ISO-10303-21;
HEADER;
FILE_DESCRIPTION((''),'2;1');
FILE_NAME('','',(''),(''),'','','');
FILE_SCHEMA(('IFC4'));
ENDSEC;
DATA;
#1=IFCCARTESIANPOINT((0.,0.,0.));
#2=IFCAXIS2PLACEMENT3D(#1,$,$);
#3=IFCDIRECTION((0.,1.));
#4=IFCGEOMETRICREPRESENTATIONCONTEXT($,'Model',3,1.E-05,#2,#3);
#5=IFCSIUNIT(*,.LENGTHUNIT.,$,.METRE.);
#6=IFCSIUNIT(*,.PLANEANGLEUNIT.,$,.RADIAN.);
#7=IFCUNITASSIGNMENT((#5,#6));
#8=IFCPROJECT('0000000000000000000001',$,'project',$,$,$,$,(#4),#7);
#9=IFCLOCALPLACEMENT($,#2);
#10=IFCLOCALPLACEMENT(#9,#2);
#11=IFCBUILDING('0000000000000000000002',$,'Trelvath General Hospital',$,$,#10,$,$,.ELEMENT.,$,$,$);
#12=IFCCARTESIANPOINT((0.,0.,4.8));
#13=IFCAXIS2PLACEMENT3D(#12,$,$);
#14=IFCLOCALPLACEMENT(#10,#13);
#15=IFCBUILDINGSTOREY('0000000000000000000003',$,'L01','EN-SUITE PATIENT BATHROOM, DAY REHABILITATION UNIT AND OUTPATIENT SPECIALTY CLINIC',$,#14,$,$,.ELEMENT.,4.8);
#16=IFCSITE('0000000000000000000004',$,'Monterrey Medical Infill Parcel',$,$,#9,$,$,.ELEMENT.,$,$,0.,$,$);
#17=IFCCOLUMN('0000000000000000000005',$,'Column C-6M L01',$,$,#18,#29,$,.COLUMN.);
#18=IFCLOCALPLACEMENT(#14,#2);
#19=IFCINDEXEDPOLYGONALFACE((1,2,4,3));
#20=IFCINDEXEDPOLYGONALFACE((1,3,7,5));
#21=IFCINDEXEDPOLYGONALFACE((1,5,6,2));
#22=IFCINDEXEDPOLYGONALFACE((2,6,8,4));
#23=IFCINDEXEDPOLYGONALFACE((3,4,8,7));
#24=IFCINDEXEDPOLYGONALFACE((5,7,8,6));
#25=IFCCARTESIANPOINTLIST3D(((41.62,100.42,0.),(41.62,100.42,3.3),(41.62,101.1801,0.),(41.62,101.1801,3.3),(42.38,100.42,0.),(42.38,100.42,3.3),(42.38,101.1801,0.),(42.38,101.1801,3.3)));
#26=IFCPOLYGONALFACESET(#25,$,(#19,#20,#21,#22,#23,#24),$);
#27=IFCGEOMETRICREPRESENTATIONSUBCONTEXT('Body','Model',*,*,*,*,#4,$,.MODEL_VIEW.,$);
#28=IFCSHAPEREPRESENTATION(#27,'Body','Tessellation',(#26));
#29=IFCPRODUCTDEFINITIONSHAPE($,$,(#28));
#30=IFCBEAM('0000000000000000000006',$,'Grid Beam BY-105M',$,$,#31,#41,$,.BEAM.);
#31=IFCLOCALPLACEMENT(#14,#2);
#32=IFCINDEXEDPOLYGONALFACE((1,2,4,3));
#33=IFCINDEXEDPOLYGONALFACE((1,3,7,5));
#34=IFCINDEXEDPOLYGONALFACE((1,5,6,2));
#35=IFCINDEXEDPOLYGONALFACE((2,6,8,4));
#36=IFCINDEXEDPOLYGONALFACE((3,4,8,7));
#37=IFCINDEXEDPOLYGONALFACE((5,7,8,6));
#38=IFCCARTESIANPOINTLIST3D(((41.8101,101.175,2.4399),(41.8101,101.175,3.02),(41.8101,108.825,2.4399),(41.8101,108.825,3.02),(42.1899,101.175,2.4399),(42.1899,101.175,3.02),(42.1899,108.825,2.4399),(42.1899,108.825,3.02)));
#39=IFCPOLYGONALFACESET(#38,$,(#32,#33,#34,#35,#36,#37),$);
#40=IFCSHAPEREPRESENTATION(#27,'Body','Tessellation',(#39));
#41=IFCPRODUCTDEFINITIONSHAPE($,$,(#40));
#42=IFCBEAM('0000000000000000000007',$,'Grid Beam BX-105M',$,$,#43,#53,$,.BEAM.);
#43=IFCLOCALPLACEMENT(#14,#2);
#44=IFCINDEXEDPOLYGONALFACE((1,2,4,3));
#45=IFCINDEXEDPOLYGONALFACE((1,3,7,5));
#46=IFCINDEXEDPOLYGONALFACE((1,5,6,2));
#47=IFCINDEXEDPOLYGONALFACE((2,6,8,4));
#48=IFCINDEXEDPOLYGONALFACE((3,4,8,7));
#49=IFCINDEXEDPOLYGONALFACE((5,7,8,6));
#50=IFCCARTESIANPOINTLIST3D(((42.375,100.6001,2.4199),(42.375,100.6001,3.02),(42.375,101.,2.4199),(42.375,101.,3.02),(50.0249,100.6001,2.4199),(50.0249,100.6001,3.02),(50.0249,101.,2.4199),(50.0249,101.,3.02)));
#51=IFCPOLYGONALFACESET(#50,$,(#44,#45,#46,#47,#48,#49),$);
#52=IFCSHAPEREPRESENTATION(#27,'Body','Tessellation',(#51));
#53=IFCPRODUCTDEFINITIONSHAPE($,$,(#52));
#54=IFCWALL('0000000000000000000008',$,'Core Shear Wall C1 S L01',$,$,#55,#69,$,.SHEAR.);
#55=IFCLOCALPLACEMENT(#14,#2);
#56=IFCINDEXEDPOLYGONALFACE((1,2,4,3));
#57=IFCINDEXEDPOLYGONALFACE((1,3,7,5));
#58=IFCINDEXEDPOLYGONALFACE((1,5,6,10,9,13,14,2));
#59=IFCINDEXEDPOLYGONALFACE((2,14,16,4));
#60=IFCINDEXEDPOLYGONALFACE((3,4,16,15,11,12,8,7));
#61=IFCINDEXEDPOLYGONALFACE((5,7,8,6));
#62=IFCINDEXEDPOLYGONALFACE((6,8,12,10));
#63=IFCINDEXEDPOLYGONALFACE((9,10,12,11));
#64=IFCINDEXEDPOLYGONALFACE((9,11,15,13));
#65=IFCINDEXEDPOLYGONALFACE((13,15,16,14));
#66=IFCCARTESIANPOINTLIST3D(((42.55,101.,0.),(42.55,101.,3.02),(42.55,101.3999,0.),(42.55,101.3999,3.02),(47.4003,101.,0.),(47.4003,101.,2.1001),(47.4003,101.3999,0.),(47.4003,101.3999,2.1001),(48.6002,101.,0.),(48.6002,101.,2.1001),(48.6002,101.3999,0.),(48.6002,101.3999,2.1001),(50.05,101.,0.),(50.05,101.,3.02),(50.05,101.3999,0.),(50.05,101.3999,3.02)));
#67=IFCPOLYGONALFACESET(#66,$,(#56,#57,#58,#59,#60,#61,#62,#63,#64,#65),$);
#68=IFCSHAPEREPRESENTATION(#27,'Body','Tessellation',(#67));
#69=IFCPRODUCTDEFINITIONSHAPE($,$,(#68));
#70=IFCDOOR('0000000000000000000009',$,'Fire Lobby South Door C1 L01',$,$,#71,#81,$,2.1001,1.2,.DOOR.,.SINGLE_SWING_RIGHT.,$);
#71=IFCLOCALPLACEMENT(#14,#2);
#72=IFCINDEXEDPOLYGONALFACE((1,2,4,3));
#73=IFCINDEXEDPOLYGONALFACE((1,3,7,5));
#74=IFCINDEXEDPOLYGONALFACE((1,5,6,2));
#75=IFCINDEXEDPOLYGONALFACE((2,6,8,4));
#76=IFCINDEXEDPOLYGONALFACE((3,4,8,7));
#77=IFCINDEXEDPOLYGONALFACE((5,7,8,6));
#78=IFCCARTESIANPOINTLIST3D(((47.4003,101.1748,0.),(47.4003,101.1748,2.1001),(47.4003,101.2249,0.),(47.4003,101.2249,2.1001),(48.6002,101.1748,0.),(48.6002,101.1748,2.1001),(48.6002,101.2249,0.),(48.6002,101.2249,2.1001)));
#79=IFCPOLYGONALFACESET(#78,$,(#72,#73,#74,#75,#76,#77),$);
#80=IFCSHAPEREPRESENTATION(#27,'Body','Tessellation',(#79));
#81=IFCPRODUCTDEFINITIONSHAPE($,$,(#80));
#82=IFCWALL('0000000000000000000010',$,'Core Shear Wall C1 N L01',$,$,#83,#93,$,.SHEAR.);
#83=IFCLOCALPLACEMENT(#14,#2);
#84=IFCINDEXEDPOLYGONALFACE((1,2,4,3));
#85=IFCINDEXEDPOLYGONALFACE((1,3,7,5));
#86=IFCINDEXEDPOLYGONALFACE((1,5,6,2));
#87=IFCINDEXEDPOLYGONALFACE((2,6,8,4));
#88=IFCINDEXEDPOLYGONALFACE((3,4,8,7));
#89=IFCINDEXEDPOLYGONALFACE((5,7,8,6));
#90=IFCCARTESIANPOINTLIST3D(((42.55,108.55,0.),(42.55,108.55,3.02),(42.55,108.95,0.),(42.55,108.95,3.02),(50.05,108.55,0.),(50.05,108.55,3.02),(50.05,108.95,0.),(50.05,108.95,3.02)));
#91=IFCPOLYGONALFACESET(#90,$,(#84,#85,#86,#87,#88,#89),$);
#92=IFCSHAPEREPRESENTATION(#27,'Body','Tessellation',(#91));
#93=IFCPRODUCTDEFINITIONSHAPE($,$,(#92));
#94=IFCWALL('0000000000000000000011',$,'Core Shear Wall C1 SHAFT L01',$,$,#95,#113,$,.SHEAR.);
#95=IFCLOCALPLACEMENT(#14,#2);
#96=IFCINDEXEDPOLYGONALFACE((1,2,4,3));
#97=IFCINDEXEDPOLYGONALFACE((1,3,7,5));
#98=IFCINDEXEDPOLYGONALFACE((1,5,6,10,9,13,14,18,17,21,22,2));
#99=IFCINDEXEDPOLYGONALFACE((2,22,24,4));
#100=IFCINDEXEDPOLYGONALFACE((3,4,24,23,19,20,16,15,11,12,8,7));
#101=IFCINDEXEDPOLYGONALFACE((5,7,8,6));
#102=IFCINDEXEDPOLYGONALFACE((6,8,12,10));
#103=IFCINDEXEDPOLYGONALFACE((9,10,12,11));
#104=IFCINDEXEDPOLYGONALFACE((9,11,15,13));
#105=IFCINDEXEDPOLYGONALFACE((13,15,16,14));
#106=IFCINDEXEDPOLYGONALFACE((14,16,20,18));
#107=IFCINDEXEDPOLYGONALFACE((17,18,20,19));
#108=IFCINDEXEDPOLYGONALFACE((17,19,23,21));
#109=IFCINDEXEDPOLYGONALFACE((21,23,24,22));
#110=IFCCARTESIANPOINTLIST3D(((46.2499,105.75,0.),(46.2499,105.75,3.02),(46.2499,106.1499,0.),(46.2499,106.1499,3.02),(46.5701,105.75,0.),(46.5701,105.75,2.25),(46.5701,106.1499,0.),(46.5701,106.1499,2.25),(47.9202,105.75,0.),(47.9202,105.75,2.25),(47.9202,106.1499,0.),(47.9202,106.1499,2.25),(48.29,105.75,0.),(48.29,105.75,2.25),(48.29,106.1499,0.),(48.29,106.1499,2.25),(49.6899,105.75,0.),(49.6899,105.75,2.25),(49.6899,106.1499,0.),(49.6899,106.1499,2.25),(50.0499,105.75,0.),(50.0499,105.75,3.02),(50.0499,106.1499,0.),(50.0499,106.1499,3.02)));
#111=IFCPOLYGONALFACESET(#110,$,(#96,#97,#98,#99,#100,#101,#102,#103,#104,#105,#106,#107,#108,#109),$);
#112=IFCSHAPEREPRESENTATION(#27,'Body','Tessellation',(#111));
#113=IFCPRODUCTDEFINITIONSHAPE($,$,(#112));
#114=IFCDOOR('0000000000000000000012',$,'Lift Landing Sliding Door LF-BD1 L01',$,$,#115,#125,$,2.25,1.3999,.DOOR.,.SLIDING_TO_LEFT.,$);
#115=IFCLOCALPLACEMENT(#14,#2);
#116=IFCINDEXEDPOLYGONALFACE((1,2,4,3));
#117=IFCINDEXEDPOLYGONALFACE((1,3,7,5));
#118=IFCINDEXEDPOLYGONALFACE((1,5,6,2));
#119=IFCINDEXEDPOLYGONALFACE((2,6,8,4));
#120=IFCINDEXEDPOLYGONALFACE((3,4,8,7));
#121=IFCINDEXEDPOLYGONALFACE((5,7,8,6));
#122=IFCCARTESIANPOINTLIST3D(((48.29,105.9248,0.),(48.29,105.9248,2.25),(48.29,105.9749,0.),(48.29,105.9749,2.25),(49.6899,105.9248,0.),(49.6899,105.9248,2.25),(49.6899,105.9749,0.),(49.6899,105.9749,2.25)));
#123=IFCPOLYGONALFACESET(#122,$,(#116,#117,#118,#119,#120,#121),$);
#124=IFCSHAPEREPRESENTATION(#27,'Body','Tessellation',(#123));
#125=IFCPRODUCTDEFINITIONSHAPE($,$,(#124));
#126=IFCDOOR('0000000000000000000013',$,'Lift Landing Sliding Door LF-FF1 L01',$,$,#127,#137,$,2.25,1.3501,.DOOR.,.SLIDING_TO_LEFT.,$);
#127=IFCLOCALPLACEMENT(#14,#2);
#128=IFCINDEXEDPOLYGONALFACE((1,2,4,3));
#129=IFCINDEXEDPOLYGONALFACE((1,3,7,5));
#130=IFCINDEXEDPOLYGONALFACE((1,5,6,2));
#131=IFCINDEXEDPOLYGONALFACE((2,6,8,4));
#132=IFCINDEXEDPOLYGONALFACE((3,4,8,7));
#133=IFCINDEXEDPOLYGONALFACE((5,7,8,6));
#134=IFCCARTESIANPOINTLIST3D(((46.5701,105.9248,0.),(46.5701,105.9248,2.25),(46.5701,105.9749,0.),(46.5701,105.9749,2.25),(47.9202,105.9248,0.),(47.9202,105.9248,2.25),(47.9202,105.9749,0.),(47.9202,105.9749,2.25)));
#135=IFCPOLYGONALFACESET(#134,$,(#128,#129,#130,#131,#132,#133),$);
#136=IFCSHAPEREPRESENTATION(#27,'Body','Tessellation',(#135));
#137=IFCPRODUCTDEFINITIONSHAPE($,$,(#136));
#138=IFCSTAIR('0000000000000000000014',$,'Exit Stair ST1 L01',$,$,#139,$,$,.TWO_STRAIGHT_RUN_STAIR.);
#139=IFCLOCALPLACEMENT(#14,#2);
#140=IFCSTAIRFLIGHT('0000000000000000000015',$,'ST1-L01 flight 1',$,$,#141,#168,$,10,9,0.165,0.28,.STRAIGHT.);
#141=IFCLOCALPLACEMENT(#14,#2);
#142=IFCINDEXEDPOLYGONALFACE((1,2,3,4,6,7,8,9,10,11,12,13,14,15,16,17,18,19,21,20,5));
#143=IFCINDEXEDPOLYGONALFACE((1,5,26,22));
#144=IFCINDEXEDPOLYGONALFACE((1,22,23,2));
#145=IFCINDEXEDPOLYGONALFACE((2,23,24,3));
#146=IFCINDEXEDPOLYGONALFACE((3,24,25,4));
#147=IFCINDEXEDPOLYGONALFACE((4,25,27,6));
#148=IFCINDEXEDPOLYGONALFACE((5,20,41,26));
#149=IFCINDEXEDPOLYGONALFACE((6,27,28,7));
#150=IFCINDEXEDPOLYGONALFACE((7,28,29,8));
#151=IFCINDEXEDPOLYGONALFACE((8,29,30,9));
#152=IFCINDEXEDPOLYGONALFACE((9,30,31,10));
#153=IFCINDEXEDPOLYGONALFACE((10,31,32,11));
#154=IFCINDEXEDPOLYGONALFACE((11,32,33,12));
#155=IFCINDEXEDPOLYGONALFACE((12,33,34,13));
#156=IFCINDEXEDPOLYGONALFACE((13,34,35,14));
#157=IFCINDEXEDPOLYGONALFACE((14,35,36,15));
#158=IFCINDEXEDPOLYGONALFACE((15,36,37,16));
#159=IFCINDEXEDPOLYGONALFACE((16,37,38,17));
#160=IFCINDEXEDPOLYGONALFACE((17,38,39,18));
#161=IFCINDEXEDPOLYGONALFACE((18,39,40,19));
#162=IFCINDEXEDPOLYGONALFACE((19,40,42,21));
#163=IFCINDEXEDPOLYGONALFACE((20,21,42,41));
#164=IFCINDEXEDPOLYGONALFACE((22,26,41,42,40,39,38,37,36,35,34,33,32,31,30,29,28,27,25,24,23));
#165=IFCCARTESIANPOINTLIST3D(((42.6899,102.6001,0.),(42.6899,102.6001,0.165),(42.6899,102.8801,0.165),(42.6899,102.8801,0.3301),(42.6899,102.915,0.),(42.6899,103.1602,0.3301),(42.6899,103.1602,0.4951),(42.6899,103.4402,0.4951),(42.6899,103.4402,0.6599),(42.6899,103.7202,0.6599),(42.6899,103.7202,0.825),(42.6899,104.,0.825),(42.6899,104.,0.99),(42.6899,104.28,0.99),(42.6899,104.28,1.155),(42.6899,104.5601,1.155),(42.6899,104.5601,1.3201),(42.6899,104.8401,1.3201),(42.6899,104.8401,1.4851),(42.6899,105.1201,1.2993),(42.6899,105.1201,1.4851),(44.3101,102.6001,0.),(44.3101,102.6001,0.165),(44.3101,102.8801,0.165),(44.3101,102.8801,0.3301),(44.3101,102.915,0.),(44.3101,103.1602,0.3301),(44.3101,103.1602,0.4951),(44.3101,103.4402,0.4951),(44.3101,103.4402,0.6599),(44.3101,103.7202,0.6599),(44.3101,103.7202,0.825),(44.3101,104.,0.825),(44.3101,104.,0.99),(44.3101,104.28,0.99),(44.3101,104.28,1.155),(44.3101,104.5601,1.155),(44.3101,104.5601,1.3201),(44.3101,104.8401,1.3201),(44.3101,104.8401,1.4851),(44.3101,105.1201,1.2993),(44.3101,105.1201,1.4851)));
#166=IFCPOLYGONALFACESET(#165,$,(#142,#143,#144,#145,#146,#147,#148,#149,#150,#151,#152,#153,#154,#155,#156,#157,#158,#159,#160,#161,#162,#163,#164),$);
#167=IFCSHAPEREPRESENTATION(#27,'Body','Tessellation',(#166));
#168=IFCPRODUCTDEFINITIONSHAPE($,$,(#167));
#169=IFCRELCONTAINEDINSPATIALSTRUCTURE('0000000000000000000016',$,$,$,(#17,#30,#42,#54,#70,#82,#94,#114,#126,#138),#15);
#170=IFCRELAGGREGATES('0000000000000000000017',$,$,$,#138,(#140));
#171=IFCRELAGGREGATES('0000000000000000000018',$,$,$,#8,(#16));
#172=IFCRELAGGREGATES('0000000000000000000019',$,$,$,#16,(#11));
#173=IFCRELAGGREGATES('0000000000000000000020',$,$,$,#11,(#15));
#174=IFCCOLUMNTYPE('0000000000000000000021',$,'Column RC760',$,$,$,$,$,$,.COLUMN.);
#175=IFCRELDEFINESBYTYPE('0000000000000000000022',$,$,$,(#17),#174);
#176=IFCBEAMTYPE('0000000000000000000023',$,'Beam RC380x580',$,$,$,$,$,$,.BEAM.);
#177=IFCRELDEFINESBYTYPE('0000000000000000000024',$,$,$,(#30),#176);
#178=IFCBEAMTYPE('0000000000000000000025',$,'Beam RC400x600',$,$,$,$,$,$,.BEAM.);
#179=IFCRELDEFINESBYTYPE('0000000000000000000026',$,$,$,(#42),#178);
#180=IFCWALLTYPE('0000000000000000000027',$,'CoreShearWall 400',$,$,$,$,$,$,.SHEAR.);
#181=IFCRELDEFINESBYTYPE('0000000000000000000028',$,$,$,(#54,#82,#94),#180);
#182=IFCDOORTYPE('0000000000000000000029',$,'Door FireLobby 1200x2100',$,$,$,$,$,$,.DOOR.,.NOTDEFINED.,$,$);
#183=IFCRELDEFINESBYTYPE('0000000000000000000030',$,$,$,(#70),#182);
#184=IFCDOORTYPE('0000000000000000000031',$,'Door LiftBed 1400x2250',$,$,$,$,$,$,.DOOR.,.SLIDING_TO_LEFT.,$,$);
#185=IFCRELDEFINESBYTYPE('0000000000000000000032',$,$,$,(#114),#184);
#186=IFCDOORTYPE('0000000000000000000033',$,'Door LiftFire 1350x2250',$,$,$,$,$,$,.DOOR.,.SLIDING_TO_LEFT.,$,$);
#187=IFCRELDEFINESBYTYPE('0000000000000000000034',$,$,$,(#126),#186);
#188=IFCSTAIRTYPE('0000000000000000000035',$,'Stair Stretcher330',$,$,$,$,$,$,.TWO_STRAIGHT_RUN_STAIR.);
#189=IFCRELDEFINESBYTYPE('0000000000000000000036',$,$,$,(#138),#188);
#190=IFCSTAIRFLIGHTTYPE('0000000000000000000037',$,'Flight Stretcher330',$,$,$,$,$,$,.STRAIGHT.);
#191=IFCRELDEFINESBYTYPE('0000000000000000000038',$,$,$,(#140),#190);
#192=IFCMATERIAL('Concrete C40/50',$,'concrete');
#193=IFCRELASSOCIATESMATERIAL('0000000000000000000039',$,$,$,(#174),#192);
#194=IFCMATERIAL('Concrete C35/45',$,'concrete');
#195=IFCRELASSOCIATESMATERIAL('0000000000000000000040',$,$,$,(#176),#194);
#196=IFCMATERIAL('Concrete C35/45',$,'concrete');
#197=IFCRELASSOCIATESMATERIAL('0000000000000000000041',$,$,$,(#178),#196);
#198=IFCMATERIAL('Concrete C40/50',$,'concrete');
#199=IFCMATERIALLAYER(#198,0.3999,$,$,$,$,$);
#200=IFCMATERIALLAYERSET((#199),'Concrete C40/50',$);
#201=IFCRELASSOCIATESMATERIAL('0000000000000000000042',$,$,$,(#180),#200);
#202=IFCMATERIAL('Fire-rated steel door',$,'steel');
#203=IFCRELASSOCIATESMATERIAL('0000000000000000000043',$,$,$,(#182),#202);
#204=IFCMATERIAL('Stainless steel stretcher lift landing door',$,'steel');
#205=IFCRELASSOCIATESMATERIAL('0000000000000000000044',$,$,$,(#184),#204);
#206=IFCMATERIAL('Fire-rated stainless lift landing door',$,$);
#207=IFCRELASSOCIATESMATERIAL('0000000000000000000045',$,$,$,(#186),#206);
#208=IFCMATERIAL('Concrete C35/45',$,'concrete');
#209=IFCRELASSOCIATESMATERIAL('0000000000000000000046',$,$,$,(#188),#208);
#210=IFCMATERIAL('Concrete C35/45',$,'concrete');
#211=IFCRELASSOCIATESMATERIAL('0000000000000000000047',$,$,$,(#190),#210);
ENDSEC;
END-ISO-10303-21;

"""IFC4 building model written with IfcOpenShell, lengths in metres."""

from ifc_helpers import new_model, si_unit, direction, frame, frame_2d, origin, origin_2d, place, context, subcontext, project, spatial, polyline, rectangle, outline, extrude, material, layer, layer_set, material_profile, profile_set, type_object, element, fill, aggregate, save


model = new_model("IFC4")

# Units and contexts
model_context = context("Model", 3, precision=1e-05, world=origin(), true_north=direction((0.0, 1.0)))
body_context = subcontext(model_context, "Body", "Model", "MODEL_VIEW")
ifc_project = project(units=[si_unit("LENGTHUNIT", "METRE"), si_unit("PLANEANGLEUNIT", "RADIAN")], contexts=[model_context])

# Site, building, storey
site_placement = place(None, origin())
site = spatial("IfcSite", under=ifc_project, at=site_placement, Name="Monterrey Medical Infill Parcel", CompositionType="ELEMENT", RefElevation=0.0)
building_placement = place(site_placement, origin())
building = spatial("IfcBuilding", under=site, at=building_placement, Name="Trelvath General Hospital", CompositionType="ELEMENT")
storey_placement = place(building_placement, frame((0.0, 0.0, 4.8)))
storey = spatial("IfcBuildingStorey", under=building, at=storey_placement, Name="L01", Description="EN-SUITE PATIENT BATHROOM, DAY REHABILITATION UNIT AND OUTPATIENT SPECIALTY CLINIC", CompositionType="ELEMENT", Elevation=4.8)

# Column
ifc_material_1 = material(Name="Concrete C40/50", Category="concrete")
ifc_material_profile_1 = material_profile(ifc_material_1, rectangle(XDim=0.76, YDim=0.76, at=origin_2d()), Name="RC760x760")
ifc_profile_set_1 = profile_set([ifc_material_profile_1], Name="Concrete C40/50")
column_type = type_object("IfcColumnType", Name="Column RC760", PredefinedType="COLUMN", material=ifc_profile_set_1)
column_placement = place(storey_placement, frame((42.0, 100.8, 0.0), z_axis=(0.0, 0.0, 1.0), x_axis=(1.0, 0.0, 0.0)))
element("IfcColumn", 1, at=column_placement, inside=storey, type_object=column_type, Name="Column C-6M L01", PredefinedType="COLUMN", context=body_context, shape_type="SweptSolid", body=[
    extrude(rectangle(XDim=0.76, YDim=0.76, at=origin_2d()), origin(), (0.0, 0.0, 1.0), 3.3),
])

# Beams
ifc_material_2 = material(Name="Concrete C35/45", Category="concrete")
ifc_material_profile_2 = material_profile(ifc_material_2, rectangle(XDim=0.3799, YDim=0.5801, at=origin_2d()), Name="RCB380x580")
ifc_profile_set_2 = profile_set([ifc_material_profile_2], Name="Concrete C35/45")
beam_type_1 = type_object("IfcBeamType", Name="Beam RC380x580", PredefinedType="BEAM", material=ifc_profile_set_2)
beam_1_placement = place(storey_placement, frame((42.0, 101.175, 2.73), z_axis=(0.0, 1.0, 0.0), x_axis=(-1.0, 0.0, 0.0)))
element("IfcBeam", 2, at=beam_1_placement, inside=storey, type_object=beam_type_1, Name="Grid Beam BY-105M", PredefinedType="BEAM", context=body_context, shape_type="SweptSolid", body=[
    extrude(rectangle(XDim=0.3799, YDim=0.5801, at=origin_2d()), origin(), (0.0, 0.0, 1.0), 7.6499),
])
ifc_material_3 = material(Name="Concrete C35/45", Category="concrete")
ifc_material_profile_3 = material_profile(ifc_material_3, rectangle(XDim=0.3999, YDim=0.6001, at=origin_2d()), Name="RCB400x600")
ifc_profile_set_3 = profile_set([ifc_material_profile_3], Name="Concrete C35/45")
beam_type_2 = type_object("IfcBeamType", Name="Beam RC400x600", PredefinedType="BEAM", material=ifc_profile_set_3)
beam_2_placement = place(storey_placement, frame((42.375, 100.8, 2.72), z_axis=(1.0, 0.0, 0.0), x_axis=(0.0, 1.0, 0.0)))
element("IfcBeam", 3, at=beam_2_placement, inside=storey, type_object=beam_type_2, Name="Grid Beam BX-105M", PredefinedType="BEAM", context=body_context, shape_type="SweptSolid", body=[
    extrude(rectangle(XDim=0.3999, YDim=0.6001, at=origin_2d()), origin(), (0.0, 0.0, 1.0), 7.6499),
])

# Wall, opening, door
ifc_material_4 = material(Name="Concrete C40/50", Category="concrete")
ifc_layer_1 = layer(ifc_material_4, 0.3999)
ifc_layer_set_1 = layer_set([ifc_layer_1], Name="Concrete C40/50")
wall_type_1 = type_object("IfcWallType", Name="CoreShearWall 400", PredefinedType="SHEAR", material=ifc_layer_set_1)
wall_1_placement = place(storey_placement, frame((42.55, 101.2, 0.0), z_axis=(0.0, 0.0, 1.0), x_axis=(1.0, 0.0, 0.0)))
wall_1 = element("IfcWall", 4, at=wall_1_placement, inside=storey, type_object=wall_type_1, Name="Core Shear Wall C1 S L01", PredefinedType="SHEAR", context=body_context, shape_type="SweptSolid", body=[
    extrude(rectangle(XDim=7.5, YDim=0.3999, at=frame_2d((3.75, 0.0))), origin(), (0.0, 0.0, 1.0), 3.02),
])
opening_1_placement = place(wall_1_placement, frame((4.8501, 0.0, 0.0)))
opening_1 = element("IfcOpeningElement", 5, at=opening_1_placement, cuts=wall_1, PredefinedType="OPENING", context=body_context, shape_type="SweptSolid", body=[
    extrude(rectangle(XDim=1.2, YDim=2.1001, at=frame_2d((0.6001, 1.05))), frame((0.0, 0.21, 0.0), z_axis=(0.0, -1.0, 0.0), x_axis=(1.0, 0.0, 0.0)), (0.0, 0.0, 1.0), 0.4199),
])
ifc_material_5 = material(Name="Fire-rated steel door", Category="steel")
door_type_1 = type_object("IfcDoorType", Name="Door FireLobby 1200x2100", OperationType="NOTDEFINED", PredefinedType="DOOR", material=ifc_material_5)
door_1_placement = place(opening_1_placement, origin())
door_1 = element("IfcDoor", 6, at=door_1_placement, inside=storey, type_object=door_type_1, Name="Fire Lobby South Door C1 L01", OperationType="SINGLE_SWING_RIGHT", OverallHeight=2.1001, OverallWidth=1.2, PredefinedType="DOOR", context=body_context, shape_type="SweptSolid", body=[
    extrude(rectangle(XDim=1.2, YDim=2.1001, at=frame_2d((0.6001, 1.05))), frame((0.0, 0.0249, 0.0), z_axis=(0.0, -1.0, 0.0), x_axis=(1.0, 0.0, 0.0)), (0.0, 0.0, 1.0), 0.05),
])
fill(opening_1, door_1)

# Wall
wall_2_placement = place(storey_placement, frame((42.55, 108.75, 0.0), z_axis=(0.0, 0.0, 1.0), x_axis=(1.0, 0.0, 0.0)))
element("IfcWall", 7, at=wall_2_placement, inside=storey, type_object=wall_type_1, Name="Core Shear Wall C1 N L01", PredefinedType="SHEAR", context=body_context, shape_type="SweptSolid", body=[
    extrude(rectangle(XDim=7.5, YDim=0.3999, at=frame_2d((3.75, 0.0))), origin(), (0.0, 0.0, 1.0), 3.02),
])

# Wall, openings, doors
wall_3_placement = place(storey_placement, frame((46.25, 105.95, 0.0), z_axis=(0.0, 0.0, 1.0), x_axis=(1.0, 0.0, 0.0)))
wall_3 = element("IfcWall", 8, at=wall_3_placement, inside=storey, type_object=wall_type_1, Name="Core Shear Wall C1 SHAFT L01", PredefinedType="SHEAR", context=body_context, shape_type="SweptSolid", body=[
    extrude(rectangle(XDim=3.8, YDim=0.3999, at=frame_2d((1.8999, 0.0))), origin(), (0.0, 0.0, 1.0), 3.02),
])
opening_2_placement = place(wall_3_placement, frame((0.3201, 0.0, 0.0)))
opening_2 = element("IfcOpeningElement", 9, at=opening_2_placement, cuts=wall_3, PredefinedType="OPENING", context=body_context, shape_type="SweptSolid", body=[
    extrude(rectangle(XDim=1.3501, YDim=2.25, at=frame_2d((0.675, 1.125))), frame((0.0, 0.21, 0.0), z_axis=(0.0, -1.0, 0.0), x_axis=(1.0, 0.0, 0.0)), (0.0, 0.0, 1.0), 0.4199),
])
opening_3_placement = place(wall_3_placement, frame((2.04, 0.0, 0.0)))
opening_3 = element("IfcOpeningElement", 10, at=opening_3_placement, cuts=wall_3, PredefinedType="OPENING", context=body_context, shape_type="SweptSolid", body=[
    extrude(rectangle(XDim=1.3999, YDim=2.25, at=frame_2d((0.7, 1.125))), frame((0.0, 0.21, 0.0), z_axis=(0.0, -1.0, 0.0), x_axis=(1.0, 0.0, 0.0)), (0.0, 0.0, 1.0), 0.4199),
])
ifc_material_6 = material(Name="Stainless steel stretcher lift landing door", Category="steel")
door_type_2 = type_object("IfcDoorType", Name="Door LiftBed 1400x2250", OperationType="SLIDING_TO_LEFT", PredefinedType="DOOR", material=ifc_material_6)
door_2_placement = place(opening_3_placement, origin())
door_2 = element("IfcDoor", 11, at=door_2_placement, inside=storey, type_object=door_type_2, Name="Lift Landing Sliding Door LF-BD1 L01", OperationType="SLIDING_TO_LEFT", OverallHeight=2.25, OverallWidth=1.3999, PredefinedType="DOOR", context=body_context, shape_type="SweptSolid", body=[
    extrude(rectangle(XDim=1.3999, YDim=2.25, at=frame_2d((0.7, 1.125))), frame((0.0, 0.0249, 0.0), z_axis=(0.0, -1.0, 0.0), x_axis=(1.0, 0.0, 0.0)), (0.0, 0.0, 1.0), 0.05),
])
fill(opening_3, door_2)
ifc_material_7 = material(Name="Fire-rated stainless lift landing door")
door_type_3 = type_object("IfcDoorType", Name="Door LiftFire 1350x2250", OperationType="SLIDING_TO_LEFT", PredefinedType="DOOR", material=ifc_material_7)
door_3_placement = place(opening_2_placement, origin())
door_3 = element("IfcDoor", 12, at=door_3_placement, inside=storey, type_object=door_type_3, Name="Lift Landing Sliding Door LF-FF1 L01", OperationType="SLIDING_TO_LEFT", OverallHeight=2.25, OverallWidth=1.3501, PredefinedType="DOOR", context=body_context, shape_type="SweptSolid", body=[
    extrude(rectangle(XDim=1.3501, YDim=2.25, at=frame_2d((0.675, 1.125))), frame((0.0, 0.0249, 0.0), z_axis=(0.0, -1.0, 0.0), x_axis=(1.0, 0.0, 0.0)), (0.0, 0.0, 1.0), 0.05),
])
fill(opening_2, door_3)

# Stair, stair flight
ifc_material_8 = material(Name="Concrete C35/45", Category="concrete")
stair_type = type_object("IfcStairType", Name="Stair Stretcher330", PredefinedType="TWO_STRAIGHT_RUN_STAIR", material=ifc_material_8)
stair_placement = place(storey_placement, origin())
stair = element("IfcStair", 13, at=stair_placement, inside=storey, type_object=stair_type, Name="Exit Stair ST1 L01", PredefinedType="TWO_STRAIGHT_RUN_STAIR")
ifc_material_9 = material(Name="Concrete C35/45", Category="concrete")
stair_flight_type = type_object("IfcStairFlightType", Name="Flight Stretcher330", PredefinedType="STRAIGHT", material=ifc_material_9)
stair_flight_1_placement = place(storey_placement, frame((43.5, 102.6001, 0.0), z_axis=(0.0, 0.0, 1.0), x_axis=(0.0, 1.0, 0.0)))
stair_flight_1 = element("IfcStairFlight", 14, at=stair_flight_1_placement, type_object=stair_flight_type, Name="ST1-L01 flight 1", NumberOfRisers=10, NumberOfTreads=9, PredefinedType="STRAIGHT", RiserHeight=0.165, TreadLength=0.28, context=body_context, shape_type="SweptSolid", body=[
    extrude(outline(polyline([(0.0, 0.0), (0.0, 0.165), (0.28, 0.165), (0.28, 0.3301), (0.5601, 0.3301), (0.5601, 0.4951), (0.8401, 0.4951), (0.8401, 0.6599), (1.1201, 0.6599), (1.1201, 0.825), (1.3999, 0.825), (1.3999, 0.99), (1.6799, 0.99), (1.6799, 1.155), (1.96, 1.155), (1.96, 1.3201), (2.24, 1.3201), (2.24, 1.4851), (2.52, 1.4851), (2.52, 1.6499), (2.52, 1.2993), (0.3149, 0.0), (0.0, 0.0)])), frame((0.0, 0.8101, 0.0), z_axis=(0.0, -1.0, 0.0), x_axis=(1.0, 0.0, 0.0)), (0.0, 0.0, 1.0), 1.6201),
])
aggregate(stair, [stair_flight_1])

save(model, "model.ifc")
